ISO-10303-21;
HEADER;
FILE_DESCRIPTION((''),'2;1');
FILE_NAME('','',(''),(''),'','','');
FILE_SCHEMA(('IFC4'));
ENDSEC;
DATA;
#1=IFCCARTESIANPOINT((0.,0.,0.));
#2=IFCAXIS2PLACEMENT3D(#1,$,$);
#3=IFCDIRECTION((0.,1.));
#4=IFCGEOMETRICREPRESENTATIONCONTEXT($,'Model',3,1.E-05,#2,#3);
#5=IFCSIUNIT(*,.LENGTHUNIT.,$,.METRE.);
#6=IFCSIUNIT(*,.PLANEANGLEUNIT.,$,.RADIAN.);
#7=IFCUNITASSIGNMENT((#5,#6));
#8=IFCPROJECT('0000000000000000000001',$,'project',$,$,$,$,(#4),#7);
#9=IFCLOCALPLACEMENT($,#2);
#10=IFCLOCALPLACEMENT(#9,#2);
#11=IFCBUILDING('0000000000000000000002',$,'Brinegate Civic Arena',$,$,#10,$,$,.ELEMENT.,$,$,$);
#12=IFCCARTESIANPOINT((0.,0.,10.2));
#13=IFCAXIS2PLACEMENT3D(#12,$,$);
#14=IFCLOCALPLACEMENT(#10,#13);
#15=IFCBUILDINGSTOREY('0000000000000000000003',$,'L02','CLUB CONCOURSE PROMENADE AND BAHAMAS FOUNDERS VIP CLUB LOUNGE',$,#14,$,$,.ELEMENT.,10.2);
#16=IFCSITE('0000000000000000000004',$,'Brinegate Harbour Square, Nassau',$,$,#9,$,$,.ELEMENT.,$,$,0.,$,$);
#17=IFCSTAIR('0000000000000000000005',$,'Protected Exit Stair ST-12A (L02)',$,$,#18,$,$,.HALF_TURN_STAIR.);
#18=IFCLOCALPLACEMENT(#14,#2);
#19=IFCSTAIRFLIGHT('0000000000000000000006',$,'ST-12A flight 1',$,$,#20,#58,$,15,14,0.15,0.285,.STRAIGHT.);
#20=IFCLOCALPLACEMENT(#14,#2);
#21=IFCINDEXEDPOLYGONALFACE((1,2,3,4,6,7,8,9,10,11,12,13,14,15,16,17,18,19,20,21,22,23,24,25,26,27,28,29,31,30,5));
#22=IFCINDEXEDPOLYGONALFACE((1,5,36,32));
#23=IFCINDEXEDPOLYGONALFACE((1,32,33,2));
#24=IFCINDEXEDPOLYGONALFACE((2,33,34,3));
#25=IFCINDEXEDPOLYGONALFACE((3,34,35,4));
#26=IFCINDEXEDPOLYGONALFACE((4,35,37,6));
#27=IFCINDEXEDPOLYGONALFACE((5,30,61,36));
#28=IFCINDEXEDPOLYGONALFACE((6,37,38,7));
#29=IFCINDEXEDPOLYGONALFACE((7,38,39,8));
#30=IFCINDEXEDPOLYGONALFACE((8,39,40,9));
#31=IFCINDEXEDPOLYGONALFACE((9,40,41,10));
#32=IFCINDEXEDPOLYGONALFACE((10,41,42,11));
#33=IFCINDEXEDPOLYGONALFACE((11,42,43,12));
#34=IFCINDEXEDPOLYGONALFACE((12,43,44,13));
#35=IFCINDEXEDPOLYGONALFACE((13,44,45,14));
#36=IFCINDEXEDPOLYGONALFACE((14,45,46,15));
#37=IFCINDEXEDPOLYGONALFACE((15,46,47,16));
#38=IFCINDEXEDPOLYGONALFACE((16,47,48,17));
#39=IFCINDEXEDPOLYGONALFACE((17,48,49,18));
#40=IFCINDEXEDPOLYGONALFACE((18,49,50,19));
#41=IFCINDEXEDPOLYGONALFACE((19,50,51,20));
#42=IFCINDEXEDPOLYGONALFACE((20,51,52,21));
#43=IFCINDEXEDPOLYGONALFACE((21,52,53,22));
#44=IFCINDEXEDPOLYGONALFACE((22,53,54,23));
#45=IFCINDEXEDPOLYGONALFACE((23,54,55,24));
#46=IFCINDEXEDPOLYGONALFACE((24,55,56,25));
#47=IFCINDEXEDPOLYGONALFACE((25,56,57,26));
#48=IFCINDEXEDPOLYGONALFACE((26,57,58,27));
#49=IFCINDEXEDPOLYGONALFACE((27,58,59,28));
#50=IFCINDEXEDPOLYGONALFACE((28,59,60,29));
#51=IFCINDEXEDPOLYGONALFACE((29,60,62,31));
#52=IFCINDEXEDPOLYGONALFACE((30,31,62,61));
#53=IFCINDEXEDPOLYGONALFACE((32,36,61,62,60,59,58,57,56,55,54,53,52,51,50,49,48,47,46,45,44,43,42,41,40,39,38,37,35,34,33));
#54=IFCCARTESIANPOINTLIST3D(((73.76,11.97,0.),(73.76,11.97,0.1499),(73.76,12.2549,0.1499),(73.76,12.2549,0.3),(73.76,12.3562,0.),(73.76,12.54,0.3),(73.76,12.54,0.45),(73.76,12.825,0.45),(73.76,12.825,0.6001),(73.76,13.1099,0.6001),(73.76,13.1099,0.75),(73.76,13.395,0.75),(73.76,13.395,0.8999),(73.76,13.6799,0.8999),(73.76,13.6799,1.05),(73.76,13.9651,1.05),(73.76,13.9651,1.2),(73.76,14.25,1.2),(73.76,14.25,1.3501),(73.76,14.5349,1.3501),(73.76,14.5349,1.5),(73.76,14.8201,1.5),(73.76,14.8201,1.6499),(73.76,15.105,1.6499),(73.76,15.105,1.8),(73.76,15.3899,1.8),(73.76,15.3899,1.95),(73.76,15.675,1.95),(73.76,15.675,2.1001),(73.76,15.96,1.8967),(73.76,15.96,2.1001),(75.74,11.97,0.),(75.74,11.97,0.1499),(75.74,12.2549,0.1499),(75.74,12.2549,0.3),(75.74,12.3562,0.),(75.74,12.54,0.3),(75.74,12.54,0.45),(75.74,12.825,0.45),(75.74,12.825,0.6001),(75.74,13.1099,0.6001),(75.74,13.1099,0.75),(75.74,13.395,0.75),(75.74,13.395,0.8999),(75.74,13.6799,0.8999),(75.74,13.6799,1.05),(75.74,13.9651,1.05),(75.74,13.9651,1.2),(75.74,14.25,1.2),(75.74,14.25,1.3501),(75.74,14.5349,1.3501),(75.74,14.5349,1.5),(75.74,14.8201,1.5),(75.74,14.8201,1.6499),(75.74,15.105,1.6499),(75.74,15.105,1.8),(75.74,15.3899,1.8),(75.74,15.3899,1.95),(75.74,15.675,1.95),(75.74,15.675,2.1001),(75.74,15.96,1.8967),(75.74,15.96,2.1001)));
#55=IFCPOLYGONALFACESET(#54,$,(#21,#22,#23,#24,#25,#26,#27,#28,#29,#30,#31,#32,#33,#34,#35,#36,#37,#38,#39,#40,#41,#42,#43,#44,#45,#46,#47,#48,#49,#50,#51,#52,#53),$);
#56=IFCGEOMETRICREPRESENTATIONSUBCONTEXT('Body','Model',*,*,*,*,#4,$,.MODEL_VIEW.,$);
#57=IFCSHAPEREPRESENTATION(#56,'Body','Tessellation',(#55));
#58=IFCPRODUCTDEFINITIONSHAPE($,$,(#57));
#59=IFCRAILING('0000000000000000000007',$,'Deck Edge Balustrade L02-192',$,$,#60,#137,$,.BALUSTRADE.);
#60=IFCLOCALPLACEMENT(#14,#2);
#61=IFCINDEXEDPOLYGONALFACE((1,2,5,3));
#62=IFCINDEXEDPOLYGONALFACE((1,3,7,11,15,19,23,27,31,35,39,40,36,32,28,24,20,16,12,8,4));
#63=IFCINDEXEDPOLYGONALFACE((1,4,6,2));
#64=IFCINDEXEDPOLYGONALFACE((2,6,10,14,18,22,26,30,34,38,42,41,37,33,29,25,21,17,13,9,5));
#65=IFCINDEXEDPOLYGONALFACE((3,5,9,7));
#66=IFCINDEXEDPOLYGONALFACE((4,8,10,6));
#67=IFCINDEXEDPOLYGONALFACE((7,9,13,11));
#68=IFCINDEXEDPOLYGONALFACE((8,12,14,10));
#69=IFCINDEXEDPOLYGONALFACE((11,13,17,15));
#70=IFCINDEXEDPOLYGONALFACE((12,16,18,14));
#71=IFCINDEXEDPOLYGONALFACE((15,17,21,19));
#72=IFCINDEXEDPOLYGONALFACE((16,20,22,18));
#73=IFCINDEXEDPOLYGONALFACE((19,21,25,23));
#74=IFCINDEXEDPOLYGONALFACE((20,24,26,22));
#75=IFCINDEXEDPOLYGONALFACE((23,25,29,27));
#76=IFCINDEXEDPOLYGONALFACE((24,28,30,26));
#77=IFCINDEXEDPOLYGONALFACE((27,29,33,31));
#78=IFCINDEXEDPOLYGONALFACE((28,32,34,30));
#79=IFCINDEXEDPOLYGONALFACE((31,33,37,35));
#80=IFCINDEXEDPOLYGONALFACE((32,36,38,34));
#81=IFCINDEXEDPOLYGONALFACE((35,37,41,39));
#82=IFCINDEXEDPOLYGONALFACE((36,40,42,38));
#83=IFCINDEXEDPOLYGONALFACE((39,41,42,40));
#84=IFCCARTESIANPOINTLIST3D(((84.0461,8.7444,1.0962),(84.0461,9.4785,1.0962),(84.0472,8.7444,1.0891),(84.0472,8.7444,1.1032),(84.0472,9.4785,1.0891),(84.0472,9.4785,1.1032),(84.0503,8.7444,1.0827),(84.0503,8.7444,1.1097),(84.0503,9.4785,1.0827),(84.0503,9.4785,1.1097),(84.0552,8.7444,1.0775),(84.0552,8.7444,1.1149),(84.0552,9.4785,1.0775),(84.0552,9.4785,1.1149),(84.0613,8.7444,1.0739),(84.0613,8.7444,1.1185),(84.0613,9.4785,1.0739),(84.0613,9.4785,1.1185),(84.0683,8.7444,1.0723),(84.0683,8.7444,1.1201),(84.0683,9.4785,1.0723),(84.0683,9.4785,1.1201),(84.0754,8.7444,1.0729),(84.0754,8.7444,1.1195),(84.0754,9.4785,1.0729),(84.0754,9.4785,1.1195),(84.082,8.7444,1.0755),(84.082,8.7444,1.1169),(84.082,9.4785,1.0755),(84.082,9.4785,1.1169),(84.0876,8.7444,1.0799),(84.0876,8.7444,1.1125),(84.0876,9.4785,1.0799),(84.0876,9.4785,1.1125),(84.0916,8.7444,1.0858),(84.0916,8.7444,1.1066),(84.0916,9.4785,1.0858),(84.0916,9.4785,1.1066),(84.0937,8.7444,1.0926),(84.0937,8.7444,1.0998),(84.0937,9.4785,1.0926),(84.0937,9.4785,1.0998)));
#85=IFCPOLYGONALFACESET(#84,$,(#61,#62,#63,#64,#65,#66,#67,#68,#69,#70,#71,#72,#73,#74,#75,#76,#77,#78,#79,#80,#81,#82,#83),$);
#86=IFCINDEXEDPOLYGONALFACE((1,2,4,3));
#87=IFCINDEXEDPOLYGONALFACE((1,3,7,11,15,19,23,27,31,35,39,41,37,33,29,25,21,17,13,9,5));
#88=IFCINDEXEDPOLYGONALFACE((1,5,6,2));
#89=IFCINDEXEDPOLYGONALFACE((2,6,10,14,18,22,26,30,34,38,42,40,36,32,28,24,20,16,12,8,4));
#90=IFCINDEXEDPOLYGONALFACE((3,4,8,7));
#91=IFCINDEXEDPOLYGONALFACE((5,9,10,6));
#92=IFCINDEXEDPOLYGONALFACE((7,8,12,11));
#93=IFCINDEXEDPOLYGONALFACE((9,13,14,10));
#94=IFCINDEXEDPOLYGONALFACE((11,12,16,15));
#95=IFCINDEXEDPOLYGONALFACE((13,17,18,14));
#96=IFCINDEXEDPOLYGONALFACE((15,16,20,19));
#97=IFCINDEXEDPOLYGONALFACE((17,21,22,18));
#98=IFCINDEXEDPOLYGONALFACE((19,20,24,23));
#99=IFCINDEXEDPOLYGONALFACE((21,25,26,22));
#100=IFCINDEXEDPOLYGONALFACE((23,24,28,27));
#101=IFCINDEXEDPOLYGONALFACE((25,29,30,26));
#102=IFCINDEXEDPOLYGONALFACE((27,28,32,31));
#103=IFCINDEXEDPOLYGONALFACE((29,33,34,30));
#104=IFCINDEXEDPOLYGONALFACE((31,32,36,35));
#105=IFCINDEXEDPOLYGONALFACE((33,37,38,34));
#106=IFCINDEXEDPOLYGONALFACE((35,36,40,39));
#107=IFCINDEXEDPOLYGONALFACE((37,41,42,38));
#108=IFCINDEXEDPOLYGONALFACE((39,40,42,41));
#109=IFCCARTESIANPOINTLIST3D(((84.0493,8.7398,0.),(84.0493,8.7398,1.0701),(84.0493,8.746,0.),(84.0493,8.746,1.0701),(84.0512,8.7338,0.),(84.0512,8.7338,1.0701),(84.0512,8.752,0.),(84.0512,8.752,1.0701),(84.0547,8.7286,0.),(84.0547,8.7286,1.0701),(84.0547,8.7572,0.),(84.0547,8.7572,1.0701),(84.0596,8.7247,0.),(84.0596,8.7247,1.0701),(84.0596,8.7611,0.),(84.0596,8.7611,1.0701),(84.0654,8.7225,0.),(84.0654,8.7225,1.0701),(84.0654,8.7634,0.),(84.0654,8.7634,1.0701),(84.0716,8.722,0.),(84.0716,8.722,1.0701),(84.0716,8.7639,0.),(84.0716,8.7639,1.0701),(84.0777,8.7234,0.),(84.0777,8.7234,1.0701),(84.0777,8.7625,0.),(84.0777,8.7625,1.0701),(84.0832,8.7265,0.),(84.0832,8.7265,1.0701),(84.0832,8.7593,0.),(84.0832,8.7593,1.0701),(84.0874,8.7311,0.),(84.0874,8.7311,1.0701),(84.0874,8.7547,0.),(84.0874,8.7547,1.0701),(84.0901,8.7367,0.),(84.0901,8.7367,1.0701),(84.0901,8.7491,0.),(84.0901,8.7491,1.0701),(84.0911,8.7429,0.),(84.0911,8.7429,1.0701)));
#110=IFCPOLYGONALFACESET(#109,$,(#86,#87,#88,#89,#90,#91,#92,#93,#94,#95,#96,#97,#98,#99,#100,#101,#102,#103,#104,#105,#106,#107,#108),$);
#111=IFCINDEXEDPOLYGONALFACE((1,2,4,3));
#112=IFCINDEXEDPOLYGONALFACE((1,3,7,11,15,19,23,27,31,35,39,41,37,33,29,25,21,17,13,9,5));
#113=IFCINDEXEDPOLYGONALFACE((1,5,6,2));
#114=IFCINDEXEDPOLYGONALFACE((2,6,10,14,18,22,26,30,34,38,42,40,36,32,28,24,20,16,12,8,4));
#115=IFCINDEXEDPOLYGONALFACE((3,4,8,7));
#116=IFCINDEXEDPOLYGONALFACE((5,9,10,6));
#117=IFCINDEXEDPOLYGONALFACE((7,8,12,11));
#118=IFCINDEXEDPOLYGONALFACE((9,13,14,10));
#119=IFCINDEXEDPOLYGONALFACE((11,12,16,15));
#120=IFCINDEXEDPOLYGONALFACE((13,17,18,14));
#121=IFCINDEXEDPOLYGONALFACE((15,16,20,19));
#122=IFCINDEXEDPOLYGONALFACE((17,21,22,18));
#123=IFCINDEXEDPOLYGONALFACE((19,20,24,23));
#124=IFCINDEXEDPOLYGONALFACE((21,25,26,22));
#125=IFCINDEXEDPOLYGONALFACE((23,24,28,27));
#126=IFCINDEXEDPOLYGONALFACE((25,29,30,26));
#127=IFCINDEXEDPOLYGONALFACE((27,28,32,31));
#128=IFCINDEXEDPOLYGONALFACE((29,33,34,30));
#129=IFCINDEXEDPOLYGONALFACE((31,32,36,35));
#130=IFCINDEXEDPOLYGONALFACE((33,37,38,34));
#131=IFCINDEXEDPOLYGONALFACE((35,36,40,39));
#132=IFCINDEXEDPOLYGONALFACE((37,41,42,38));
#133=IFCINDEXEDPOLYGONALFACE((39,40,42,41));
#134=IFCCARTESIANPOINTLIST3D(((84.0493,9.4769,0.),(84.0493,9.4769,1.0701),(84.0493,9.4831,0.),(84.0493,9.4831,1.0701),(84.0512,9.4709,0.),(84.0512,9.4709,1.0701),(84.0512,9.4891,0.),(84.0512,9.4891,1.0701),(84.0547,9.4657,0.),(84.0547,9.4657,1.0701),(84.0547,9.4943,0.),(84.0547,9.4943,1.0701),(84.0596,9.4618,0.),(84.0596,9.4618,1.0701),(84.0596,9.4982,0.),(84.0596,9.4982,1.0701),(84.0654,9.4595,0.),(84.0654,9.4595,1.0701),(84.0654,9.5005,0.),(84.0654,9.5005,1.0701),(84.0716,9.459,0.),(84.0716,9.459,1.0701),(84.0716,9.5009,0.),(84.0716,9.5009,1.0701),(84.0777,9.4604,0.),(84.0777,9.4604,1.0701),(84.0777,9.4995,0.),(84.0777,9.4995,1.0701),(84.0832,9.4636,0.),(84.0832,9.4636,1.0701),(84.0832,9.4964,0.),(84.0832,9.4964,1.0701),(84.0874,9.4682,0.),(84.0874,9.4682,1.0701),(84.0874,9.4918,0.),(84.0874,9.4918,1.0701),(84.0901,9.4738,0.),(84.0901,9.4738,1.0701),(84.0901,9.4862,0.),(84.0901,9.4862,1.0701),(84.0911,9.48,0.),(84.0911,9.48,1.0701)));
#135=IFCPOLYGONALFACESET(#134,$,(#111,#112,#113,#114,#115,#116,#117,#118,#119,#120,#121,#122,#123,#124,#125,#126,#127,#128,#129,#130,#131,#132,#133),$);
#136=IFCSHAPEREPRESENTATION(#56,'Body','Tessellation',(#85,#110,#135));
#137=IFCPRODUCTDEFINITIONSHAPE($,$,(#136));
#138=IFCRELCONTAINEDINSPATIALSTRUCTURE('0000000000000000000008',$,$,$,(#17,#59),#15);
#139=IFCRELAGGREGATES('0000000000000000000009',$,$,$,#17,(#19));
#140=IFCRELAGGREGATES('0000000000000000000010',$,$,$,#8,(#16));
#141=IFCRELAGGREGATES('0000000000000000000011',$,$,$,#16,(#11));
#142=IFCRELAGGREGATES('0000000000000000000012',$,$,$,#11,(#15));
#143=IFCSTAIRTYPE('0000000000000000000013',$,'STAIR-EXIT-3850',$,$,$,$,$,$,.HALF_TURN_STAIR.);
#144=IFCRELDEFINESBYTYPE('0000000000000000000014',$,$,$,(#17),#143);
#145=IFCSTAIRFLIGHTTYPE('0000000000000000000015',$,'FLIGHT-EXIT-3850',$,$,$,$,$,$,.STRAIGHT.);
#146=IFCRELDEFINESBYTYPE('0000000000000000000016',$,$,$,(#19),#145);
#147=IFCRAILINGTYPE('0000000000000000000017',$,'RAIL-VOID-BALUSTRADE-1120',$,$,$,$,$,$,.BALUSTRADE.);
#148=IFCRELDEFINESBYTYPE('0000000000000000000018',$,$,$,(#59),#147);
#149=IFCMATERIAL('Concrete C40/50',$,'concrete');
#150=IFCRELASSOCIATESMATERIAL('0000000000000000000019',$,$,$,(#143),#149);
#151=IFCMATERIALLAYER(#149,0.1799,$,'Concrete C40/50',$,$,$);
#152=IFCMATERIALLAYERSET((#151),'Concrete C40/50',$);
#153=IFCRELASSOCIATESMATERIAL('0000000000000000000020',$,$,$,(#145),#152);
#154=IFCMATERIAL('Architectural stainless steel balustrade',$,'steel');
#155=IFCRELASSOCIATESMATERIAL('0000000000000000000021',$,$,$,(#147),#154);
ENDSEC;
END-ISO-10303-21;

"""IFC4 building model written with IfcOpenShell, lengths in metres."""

from ifc_helpers import new_model, si_unit, direction, frame, origin, origin_2d, place, context, subcontext, project, spatial, polyline, circle, outline, extrude, material, layer, layer_set, type_object, element, aggregate, save


model = new_model("IFC4")

# Units and contexts
model_context = context("Model", 3, precision=1e-05, world=origin(), true_north=direction((0.0, 1.0)))
body_context = subcontext(model_context, "Body", "Model", "MODEL_VIEW")
ifc_project = project(units=[si_unit("LENGTHUNIT", "METRE"), si_unit("PLANEANGLEUNIT", "RADIAN")], contexts=[model_context])

# Site, building, storey
site_placement = place(None, origin())
site = spatial("IfcSite", under=ifc_project, at=site_placement, Name="Brinegate Harbour Square, Nassau", CompositionType="ELEMENT", RefElevation=0.0)
building_placement = place(site_placement, origin())
building = spatial("IfcBuilding", under=site, at=building_placement, Name="Brinegate Civic Arena", CompositionType="ELEMENT")
storey_placement = place(building_placement, frame((0.0, 0.0, 10.2)))
storey = spatial("IfcBuildingStorey", under=building, at=storey_placement, Name="L02", Description="CLUB CONCOURSE PROMENADE AND BAHAMAS FOUNDERS VIP CLUB LOUNGE", CompositionType="ELEMENT", Elevation=10.2)

# Stair, stair flight
ifc_material_1 = material(Name="Concrete C40/50", Category="concrete")
stair_type = type_object("IfcStairType", Name="STAIR-EXIT-3850", PredefinedType="HALF_TURN_STAIR", material=ifc_material_1)
stair_placement = place(storey_placement, origin())
stair = element("IfcStair", 1, at=stair_placement, inside=storey, type_object=stair_type, Name="Protected Exit Stair ST-12A (L02)", PredefinedType="HALF_TURN_STAIR")
ifc_layer_1 = layer(ifc_material_1, 0.1799, Name="Concrete C40/50")
ifc_layer_set_1 = layer_set([ifc_layer_1], Name="Concrete C40/50")
stair_flight_type = type_object("IfcStairFlightType", Name="FLIGHT-EXIT-3850", PredefinedType="STRAIGHT", material=ifc_layer_set_1)
stair_flight_placement = place(storey_placement, frame((74.75, 11.97, 0.0), z_axis=(0.0, 0.0, 1.0), x_axis=(0.0, 1.0, 0.0)))
stair_flight = element("IfcStairFlight", 2, at=stair_flight_placement, type_object=stair_flight_type, Name="ST-12A flight 1", NumberOfRisers=15, NumberOfTreads=14, PredefinedType="STRAIGHT", RiserHeight=0.15, TreadLength=0.285, context=body_context, shape_type="SweptSolid", body=[
    extrude(outline(polyline([(0.0, 0.0), (0.0, 0.1499), (0.2849, 0.1499), (0.2849, 0.3), (0.5701, 0.3), (0.5701, 0.45), (0.855, 0.45), (0.855, 0.6001), (1.1399, 0.6001), (1.1399, 0.75), (1.425, 0.75), (1.425, 0.8999), (1.71, 0.8999), (1.71, 1.05), (1.9951, 1.05), (1.9951, 1.2), (2.28, 1.2), (2.28, 1.3501), (2.5649, 1.3501), (2.5649, 1.5), (2.8501, 1.5), (2.8501, 1.6499), (3.135, 1.6499), (3.135, 1.8), (3.4199, 1.8), (3.4199, 1.95), (3.7051, 1.95), (3.7051, 2.1001), (3.99, 2.1001), (3.99, 2.25), (3.99, 1.8967), (0.3862, 0.0), (0.0, 0.0)])), frame((0.0, 0.99, 0.0), z_axis=(0.0, -1.0, 0.0), x_axis=(1.0, 0.0, 0.0)), (0.0, 0.0, 1.0), 1.98),
])
aggregate(stair, [stair_flight])

# Railing
ifc_material_2 = material(Name="Architectural stainless steel balustrade", Category="steel")
railing_type = type_object("IfcRailingType", Name="RAIL-VOID-BALUSTRADE-1120", PredefinedType="BALUSTRADE", material=ifc_material_2)
railing_1_placement = place(storey_placement, frame((84.0701, 8.7429, 0.0)))
element("IfcRailing", 3, at=railing_1_placement, inside=storey, type_object=railing_type, Name="Deck Edge Balustrade L02-192", PredefinedType="BALUSTRADE", context=body_context, shape_type="SweptSolid", body=[
    extrude(circle(Radius=0.0239, at=origin_2d()), frame((0.0, 0.0015, 1.0962), z_axis=(0.0, 1.0, 0.0), x_axis=(-1.0, 0.0, 0.0)), (0.0, 0.0, 1.0), 0.7341),
    extrude(circle(Radius=0.021, at=origin_2d()), origin(), (0.0, 0.0, 1.0), 1.0701),
    extrude(circle(Radius=0.021, at=origin_2d()), frame((0.0, 0.7371, 0.0)), (0.0, 0.0, 1.0), 1.0701),
])

save(model, "model.ifc")
